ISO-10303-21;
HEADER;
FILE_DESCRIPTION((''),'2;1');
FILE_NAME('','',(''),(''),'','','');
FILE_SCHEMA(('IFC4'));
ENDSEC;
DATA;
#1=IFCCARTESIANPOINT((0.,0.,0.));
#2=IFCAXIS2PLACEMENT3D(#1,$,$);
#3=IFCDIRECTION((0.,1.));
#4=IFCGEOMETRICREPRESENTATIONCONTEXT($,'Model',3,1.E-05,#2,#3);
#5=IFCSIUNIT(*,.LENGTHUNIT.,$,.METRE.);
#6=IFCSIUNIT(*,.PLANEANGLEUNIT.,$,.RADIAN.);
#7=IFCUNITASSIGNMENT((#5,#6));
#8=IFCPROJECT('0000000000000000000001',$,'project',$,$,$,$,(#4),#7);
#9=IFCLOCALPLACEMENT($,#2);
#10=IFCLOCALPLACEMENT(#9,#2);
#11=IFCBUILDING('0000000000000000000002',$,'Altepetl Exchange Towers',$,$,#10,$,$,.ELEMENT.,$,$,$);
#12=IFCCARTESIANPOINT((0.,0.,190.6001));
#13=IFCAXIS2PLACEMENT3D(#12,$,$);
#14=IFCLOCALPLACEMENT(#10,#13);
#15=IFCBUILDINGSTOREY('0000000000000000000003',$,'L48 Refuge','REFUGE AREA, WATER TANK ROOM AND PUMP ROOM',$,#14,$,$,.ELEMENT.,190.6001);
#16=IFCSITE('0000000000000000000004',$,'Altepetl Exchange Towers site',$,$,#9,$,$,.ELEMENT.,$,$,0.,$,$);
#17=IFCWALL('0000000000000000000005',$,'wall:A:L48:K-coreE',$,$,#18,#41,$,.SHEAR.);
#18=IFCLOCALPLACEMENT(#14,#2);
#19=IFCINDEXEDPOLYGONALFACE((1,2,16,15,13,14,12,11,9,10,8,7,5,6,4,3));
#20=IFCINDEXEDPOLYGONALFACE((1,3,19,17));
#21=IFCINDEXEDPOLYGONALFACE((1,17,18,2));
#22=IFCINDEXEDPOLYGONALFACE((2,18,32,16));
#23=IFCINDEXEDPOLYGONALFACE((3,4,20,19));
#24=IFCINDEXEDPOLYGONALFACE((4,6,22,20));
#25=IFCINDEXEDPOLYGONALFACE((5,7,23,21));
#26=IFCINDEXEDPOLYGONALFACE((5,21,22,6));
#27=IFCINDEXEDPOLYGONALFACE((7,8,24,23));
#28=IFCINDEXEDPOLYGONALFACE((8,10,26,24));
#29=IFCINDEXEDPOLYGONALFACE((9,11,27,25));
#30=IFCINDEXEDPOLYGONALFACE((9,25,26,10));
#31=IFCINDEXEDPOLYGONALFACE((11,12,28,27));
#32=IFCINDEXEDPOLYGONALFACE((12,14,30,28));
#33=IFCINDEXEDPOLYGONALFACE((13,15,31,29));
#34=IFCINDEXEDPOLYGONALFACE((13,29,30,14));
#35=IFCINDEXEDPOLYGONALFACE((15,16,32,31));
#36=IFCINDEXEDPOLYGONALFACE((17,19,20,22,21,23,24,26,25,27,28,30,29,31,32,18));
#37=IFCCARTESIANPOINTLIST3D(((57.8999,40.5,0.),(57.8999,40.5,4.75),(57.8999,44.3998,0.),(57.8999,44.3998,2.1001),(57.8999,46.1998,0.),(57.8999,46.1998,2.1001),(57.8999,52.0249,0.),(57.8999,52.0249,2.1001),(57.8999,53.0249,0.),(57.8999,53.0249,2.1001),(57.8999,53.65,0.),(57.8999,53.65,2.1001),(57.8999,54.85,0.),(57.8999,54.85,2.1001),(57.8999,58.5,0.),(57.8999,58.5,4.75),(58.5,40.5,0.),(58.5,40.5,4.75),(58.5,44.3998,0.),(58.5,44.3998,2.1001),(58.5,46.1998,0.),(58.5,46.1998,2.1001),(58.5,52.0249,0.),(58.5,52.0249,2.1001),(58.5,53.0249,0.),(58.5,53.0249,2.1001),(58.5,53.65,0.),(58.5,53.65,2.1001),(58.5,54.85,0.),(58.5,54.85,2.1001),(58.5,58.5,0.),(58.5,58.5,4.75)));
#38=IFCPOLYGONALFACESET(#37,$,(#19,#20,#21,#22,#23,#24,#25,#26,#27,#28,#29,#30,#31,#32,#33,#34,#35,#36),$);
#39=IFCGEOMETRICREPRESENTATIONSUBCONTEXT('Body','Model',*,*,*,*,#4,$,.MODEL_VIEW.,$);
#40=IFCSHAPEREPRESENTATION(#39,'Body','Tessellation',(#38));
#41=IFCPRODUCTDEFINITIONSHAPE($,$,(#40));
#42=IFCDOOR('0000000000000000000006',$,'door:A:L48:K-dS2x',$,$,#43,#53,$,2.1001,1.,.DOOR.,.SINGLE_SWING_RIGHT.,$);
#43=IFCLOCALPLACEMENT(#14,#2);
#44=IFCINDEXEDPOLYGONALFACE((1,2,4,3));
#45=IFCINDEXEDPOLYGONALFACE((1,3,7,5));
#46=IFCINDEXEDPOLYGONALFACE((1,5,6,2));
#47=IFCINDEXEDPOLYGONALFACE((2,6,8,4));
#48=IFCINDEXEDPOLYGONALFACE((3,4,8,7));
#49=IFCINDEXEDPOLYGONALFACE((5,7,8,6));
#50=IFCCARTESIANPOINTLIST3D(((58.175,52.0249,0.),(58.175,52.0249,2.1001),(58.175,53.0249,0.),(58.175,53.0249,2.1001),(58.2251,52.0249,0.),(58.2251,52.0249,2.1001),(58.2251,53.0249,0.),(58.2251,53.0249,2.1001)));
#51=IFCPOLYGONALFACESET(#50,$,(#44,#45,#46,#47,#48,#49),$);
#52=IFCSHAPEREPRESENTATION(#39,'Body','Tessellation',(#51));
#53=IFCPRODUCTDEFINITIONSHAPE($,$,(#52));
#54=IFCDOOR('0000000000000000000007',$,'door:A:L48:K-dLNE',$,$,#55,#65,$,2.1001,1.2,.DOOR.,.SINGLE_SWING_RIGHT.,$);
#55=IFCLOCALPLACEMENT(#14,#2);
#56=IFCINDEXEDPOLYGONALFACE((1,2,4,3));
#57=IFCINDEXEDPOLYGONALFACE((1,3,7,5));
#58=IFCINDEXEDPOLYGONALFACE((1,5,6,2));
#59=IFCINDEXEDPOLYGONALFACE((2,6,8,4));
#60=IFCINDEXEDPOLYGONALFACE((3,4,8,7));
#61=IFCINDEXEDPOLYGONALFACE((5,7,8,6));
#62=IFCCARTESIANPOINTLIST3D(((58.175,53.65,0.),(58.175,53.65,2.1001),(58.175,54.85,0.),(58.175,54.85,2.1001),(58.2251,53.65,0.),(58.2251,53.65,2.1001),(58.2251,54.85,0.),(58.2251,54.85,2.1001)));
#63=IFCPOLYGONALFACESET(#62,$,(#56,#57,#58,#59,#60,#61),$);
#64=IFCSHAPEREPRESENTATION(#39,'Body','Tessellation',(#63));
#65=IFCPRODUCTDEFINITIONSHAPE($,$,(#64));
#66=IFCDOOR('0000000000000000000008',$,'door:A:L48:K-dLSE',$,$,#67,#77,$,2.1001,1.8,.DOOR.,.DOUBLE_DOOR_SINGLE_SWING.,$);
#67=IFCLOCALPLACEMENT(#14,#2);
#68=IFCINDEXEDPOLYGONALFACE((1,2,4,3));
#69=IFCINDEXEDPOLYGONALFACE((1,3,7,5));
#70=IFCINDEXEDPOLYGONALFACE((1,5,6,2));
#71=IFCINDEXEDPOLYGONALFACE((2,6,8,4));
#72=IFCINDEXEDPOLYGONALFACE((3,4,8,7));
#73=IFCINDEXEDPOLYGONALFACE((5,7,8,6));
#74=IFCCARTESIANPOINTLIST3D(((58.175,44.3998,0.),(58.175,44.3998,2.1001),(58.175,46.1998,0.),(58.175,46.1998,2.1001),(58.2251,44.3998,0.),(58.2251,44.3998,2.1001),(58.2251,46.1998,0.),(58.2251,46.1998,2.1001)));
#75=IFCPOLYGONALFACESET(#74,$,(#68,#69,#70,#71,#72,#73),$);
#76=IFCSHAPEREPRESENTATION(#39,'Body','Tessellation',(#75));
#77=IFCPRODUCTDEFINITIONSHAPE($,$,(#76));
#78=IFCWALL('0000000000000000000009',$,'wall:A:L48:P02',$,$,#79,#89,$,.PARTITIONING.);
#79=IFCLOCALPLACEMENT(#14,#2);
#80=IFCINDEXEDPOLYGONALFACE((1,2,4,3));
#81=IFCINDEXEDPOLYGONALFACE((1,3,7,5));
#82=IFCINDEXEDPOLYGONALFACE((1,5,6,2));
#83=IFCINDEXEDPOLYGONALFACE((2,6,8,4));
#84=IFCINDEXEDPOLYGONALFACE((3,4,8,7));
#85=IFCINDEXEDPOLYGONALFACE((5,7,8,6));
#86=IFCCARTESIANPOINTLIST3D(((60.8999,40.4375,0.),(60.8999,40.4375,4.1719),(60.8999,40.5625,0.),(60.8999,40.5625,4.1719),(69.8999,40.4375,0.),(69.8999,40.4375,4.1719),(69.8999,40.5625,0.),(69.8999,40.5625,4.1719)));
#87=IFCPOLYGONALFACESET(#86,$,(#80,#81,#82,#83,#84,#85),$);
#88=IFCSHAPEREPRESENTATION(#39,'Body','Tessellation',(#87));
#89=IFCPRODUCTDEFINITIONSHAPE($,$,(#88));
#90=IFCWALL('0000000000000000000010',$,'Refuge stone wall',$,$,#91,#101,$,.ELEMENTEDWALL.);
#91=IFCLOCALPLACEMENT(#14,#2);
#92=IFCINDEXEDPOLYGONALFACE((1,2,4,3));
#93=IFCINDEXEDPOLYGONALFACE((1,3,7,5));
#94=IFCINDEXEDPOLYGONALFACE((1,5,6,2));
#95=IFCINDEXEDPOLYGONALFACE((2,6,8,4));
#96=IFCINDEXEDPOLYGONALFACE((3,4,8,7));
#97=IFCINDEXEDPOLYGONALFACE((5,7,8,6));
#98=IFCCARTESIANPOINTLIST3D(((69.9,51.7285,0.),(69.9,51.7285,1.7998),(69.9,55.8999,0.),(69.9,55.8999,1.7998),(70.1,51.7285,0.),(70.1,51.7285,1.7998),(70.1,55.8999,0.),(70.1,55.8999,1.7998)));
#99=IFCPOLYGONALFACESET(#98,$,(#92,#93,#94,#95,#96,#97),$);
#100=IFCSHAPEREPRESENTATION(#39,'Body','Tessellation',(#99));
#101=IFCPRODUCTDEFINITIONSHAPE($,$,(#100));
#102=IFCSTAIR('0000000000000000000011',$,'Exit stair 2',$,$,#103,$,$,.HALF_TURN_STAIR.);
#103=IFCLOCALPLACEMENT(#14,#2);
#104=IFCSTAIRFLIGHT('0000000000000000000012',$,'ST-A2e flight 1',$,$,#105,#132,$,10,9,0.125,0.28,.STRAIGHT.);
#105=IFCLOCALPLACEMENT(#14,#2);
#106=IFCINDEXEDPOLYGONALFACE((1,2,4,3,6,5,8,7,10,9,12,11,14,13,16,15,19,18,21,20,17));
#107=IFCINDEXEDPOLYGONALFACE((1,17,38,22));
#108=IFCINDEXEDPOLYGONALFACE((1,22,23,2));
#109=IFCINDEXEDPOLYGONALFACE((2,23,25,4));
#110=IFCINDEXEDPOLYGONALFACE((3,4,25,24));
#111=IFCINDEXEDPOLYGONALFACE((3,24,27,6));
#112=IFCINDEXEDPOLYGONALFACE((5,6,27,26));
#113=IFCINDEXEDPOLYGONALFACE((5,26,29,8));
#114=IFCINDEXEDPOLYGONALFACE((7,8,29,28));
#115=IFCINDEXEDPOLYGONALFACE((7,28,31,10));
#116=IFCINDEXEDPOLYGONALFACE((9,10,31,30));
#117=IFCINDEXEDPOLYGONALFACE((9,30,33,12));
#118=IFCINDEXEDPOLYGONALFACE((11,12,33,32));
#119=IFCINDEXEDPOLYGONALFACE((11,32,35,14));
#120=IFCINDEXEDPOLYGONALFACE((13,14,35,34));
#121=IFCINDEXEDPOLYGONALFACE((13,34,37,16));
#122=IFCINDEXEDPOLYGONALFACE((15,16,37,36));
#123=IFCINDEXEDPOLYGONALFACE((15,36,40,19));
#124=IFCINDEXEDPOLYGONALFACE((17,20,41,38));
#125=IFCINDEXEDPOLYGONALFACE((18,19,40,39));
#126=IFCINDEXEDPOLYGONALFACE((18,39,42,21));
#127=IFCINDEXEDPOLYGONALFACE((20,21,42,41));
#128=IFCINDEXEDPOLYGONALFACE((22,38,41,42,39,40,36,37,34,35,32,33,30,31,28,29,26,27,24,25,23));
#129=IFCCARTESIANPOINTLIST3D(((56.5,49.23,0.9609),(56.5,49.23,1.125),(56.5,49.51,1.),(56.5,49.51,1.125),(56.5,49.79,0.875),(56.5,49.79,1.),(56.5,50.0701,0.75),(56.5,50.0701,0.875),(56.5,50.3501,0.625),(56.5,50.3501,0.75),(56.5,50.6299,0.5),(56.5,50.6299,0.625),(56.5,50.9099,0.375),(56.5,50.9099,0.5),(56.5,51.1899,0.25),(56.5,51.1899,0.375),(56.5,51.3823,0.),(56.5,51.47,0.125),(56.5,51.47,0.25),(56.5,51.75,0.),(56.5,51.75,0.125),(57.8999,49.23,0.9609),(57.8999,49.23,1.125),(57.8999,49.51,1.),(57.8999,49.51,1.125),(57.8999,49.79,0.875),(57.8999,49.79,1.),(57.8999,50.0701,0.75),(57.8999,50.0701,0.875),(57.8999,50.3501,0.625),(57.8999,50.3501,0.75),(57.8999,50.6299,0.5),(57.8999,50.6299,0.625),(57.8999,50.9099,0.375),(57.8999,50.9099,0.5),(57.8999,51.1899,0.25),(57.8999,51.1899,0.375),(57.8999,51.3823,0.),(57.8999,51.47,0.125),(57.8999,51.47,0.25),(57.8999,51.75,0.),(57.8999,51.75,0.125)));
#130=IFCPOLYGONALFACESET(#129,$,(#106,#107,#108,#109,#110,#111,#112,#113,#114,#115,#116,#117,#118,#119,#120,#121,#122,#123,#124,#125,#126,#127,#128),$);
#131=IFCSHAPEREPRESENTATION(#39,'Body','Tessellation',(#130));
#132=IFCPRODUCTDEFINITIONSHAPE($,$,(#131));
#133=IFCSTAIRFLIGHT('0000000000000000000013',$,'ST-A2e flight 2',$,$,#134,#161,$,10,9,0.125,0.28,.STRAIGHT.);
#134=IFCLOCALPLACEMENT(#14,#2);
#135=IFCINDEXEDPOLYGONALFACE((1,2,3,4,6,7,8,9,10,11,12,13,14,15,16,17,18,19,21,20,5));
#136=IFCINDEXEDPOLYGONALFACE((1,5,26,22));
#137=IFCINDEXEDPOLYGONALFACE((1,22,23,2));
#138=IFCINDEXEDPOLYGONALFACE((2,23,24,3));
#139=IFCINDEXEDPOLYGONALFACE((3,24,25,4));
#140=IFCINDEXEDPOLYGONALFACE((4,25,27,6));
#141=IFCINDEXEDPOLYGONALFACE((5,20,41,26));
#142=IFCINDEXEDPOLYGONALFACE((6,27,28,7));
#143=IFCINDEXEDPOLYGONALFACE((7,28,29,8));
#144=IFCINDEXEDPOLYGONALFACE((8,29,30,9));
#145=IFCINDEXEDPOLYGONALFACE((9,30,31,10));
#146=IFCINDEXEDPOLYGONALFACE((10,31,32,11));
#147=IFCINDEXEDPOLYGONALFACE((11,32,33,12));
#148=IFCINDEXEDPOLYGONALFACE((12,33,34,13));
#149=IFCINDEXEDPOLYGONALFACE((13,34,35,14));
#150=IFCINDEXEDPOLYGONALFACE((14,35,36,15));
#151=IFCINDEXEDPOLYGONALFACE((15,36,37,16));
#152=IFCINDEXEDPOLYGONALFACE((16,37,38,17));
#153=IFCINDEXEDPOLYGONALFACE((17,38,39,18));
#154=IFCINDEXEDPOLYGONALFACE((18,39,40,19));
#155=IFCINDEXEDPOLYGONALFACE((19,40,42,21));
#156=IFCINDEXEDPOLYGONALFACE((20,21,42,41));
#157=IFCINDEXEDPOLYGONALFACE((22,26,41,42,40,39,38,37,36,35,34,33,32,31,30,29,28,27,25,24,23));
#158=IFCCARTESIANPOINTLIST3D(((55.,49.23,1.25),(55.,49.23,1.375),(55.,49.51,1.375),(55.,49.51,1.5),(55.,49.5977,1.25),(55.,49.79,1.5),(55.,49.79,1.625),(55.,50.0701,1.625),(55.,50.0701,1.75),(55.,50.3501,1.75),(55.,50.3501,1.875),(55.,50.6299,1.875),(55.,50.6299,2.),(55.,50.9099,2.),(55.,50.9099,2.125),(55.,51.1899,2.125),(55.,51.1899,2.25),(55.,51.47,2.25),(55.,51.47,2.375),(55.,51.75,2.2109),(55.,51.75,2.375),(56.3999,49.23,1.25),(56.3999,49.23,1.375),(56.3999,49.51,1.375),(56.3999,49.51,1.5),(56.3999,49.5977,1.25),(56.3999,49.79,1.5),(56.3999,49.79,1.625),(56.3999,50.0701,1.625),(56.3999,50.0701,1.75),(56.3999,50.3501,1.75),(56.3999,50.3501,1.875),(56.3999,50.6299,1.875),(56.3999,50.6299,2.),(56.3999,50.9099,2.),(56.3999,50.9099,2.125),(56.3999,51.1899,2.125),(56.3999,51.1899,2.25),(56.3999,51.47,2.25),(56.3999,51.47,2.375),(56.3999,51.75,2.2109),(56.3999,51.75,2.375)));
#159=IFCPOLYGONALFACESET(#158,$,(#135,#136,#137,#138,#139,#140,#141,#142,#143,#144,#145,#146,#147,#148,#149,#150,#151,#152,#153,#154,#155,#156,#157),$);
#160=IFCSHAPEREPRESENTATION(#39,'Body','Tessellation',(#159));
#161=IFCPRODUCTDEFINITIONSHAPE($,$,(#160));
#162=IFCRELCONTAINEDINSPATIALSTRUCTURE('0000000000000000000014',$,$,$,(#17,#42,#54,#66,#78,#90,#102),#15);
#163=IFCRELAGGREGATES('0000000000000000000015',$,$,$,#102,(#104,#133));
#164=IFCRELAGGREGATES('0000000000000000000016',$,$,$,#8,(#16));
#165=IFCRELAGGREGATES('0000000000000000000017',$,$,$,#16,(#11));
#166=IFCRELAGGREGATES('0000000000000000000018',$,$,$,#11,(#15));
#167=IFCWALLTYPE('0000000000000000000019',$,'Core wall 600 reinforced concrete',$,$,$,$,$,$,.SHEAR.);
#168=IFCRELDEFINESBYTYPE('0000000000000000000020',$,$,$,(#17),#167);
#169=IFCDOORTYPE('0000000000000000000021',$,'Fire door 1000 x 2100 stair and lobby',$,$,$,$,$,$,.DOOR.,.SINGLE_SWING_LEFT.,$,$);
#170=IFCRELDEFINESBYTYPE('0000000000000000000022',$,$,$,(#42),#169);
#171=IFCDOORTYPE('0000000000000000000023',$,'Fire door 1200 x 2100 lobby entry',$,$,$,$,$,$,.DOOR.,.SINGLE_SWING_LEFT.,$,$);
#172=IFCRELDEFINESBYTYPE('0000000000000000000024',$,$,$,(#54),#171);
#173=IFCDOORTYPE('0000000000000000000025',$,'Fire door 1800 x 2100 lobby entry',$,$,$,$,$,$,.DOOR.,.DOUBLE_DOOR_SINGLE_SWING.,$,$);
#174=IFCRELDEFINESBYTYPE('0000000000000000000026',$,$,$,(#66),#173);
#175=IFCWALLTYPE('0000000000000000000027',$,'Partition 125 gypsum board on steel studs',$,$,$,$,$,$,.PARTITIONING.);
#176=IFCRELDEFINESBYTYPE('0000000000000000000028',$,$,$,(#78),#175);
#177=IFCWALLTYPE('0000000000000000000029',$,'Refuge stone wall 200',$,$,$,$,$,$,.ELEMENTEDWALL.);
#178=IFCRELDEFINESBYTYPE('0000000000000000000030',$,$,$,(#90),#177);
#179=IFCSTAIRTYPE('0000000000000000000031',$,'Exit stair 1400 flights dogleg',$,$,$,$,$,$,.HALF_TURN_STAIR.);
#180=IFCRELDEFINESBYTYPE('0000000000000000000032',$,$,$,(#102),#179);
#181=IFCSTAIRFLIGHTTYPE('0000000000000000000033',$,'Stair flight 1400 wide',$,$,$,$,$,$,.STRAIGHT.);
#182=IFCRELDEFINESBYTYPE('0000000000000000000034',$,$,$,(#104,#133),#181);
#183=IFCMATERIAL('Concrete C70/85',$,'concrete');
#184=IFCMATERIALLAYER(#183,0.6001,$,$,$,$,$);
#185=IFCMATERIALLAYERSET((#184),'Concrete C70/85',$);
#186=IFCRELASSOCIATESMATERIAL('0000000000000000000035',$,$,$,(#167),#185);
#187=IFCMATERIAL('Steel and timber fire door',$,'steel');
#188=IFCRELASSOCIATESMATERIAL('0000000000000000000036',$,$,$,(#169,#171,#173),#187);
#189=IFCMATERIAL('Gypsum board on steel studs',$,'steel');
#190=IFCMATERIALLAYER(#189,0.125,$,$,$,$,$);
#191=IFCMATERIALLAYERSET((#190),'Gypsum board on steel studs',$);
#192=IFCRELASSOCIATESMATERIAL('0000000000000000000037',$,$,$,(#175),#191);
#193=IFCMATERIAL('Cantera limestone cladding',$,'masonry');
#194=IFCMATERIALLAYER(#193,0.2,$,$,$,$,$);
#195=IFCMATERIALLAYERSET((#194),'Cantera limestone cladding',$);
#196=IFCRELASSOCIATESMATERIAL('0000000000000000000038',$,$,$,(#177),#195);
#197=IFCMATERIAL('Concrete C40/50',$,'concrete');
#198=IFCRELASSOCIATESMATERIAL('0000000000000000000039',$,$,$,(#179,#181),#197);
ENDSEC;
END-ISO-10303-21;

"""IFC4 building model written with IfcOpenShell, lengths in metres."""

from ifc_helpers import new_model, si_unit, direction, frame, frame_2d, origin, place, context, subcontext, project, spatial, polyline, rectangle, outline, extrude, material, layer, layer_set, type_object, element, fill, aggregate, save


model = new_model("IFC4")

# Units and contexts
model_context = context("Model", 3, precision=1e-05, world=origin(), true_north=direction((0.0, 1.0)))
body_context = subcontext(model_context, "Body", "Model", "MODEL_VIEW")
ifc_project = project(units=[si_unit("LENGTHUNIT", "METRE"), si_unit("PLANEANGLEUNIT", "RADIAN")], contexts=[model_context])

# Site, building, storey
site_placement = place(None, origin())
site = spatial("IfcSite", under=ifc_project, at=site_placement, Name="Altepetl Exchange Towers site", CompositionType="ELEMENT", RefElevation=0.0)
building_placement = place(site_placement, origin())
building = spatial("IfcBuilding", under=site, at=building_placement, Name="Altepetl Exchange Towers", CompositionType="ELEMENT")
storey_placement = place(building_placement, frame((0.0, 0.0, 190.6001)))
storey = spatial("IfcBuildingStorey", under=building, at=storey_placement, Name="L48 Refuge", Description="REFUGE AREA, WATER TANK ROOM AND PUMP ROOM", CompositionType="ELEMENT", Elevation=190.6001)

# Wall, openings, doors
ifc_material_1 = material(Name="Concrete C70/85", Category="concrete")
ifc_layer_1 = layer(ifc_material_1, 0.6001)
ifc_layer_set_1 = layer_set([ifc_layer_1], Name="Concrete C70/85")
wall_type_1 = type_object("IfcWallType", Name="Core wall 600 reinforced concrete", PredefinedType="SHEAR", material=ifc_layer_set_1)
wall_1_placement = place(storey_placement, frame((58.2, 40.5, 0.0), z_axis=(0.0, 0.0, 1.0), x_axis=(0.0, 1.0, 0.0)))
wall_1 = element("IfcWall", 1, at=wall_1_placement, inside=storey, type_object=wall_type_1, Name="wall:A:L48:K-coreE", PredefinedType="SHEAR", context=body_context, shape_type="SweptSolid", body=[
    extrude(rectangle(XDim=18.0, YDim=0.6001, at=frame_2d((9.0, 0.0))), origin(), (0.0, 0.0, 1.0), 4.75),
])
opening_1_placement = place(wall_1_placement, frame((13.1499, 0.0, 0.0)))
opening_1 = element("IfcOpeningElement", 2, at=opening_1_placement, cuts=wall_1, PredefinedType="OPENING", context=body_context, shape_type="SweptSolid", body=[
    extrude(rectangle(XDim=1.2, YDim=2.1001, at=frame_2d((0.6001, 1.05))), frame((0.0, 0.3101, 0.0), z_axis=(0.0, -1.0, 0.0), x_axis=(1.0, 0.0, 0.0)), (0.0, 0.0, 1.0), 0.6201),
])
opening_2_placement = place(wall_1_placement, frame((3.8999, 0.0, 0.0)))
opening_2 = element("IfcOpeningElement", 3, at=opening_2_placement, cuts=wall_1, PredefinedType="OPENING", context=body_context, shape_type="SweptSolid", body=[
    extrude(rectangle(XDim=1.8, YDim=2.1001, at=frame_2d((0.8999, 1.05))), frame((0.0, 0.3101, 0.0), z_axis=(0.0, -1.0, 0.0), x_axis=(1.0, 0.0, 0.0)), (0.0, 0.0, 1.0), 0.6201),
])
opening_3_placement = place(wall_1_placement, frame((11.5249, 0.0, 0.0)))
opening_3 = element("IfcOpeningElement", 4, at=opening_3_placement, cuts=wall_1, PredefinedType="OPENING", context=body_context, shape_type="SweptSolid", body=[
    extrude(rectangle(XDim=1.0, YDim=2.1001, at=frame_2d((0.5, 1.05))), frame((0.0, 0.3101, 0.0), z_axis=(0.0, -1.0, 0.0), x_axis=(1.0, 0.0, 0.0)), (0.0, 0.0, 1.0), 0.6201),
])
ifc_material_2 = material(Name="Steel and timber fire door", Category="steel")
door_type_1 = type_object("IfcDoorType", Name="Fire door 1000 x 2100 stair and lobby", OperationType="SINGLE_SWING_LEFT", PredefinedType="DOOR", material=ifc_material_2)
door_1_placement = place(opening_3_placement, origin())
door_1 = element("IfcDoor", 5, at=door_1_placement, inside=storey, type_object=door_type_1, Name="door:A:L48:K-dS2x", OperationType="SINGLE_SWING_RIGHT", OverallHeight=2.1001, OverallWidth=1.0, PredefinedType="DOOR", context=body_context, shape_type="SweptSolid", body=[
    extrude(rectangle(XDim=1.0, YDim=2.1001, at=frame_2d((0.5, 1.05))), frame((0.0, 0.0249, 0.0), z_axis=(0.0, -1.0, 0.0), x_axis=(1.0, 0.0, 0.0)), (0.0, 0.0, 1.0), 0.05),
])
fill(opening_3, door_1)
door_type_2 = type_object("IfcDoorType", Name="Fire door 1200 x 2100 lobby entry", OperationType="SINGLE_SWING_LEFT", PredefinedType="DOOR", material=ifc_material_2)
door_2_placement = place(opening_1_placement, origin())
door_2 = element("IfcDoor", 6, at=door_2_placement, inside=storey, type_object=door_type_2, Name="door:A:L48:K-dLNE", OperationType="SINGLE_SWING_RIGHT", OverallHeight=2.1001, OverallWidth=1.2, PredefinedType="DOOR", context=body_context, shape_type="SweptSolid", body=[
    extrude(rectangle(XDim=1.2, YDim=2.1001, at=frame_2d((0.6001, 1.05))), frame((0.0, 0.0249, 0.0), z_axis=(0.0, -1.0, 0.0), x_axis=(1.0, 0.0, 0.0)), (0.0, 0.0, 1.0), 0.05),
])
fill(opening_1, door_2)
door_type_3 = type_object("IfcDoorType", Name="Fire door 1800 x 2100 lobby entry", OperationType="DOUBLE_DOOR_SINGLE_SWING", PredefinedType="DOOR", material=ifc_material_2)
door_3_placement = place(opening_2_placement, origin())
door_3 = element("IfcDoor", 7, at=door_3_placement, inside=storey, type_object=door_type_3, Name="door:A:L48:K-dLSE", OperationType="DOUBLE_DOOR_SINGLE_SWING", OverallHeight=2.1001, OverallWidth=1.8, PredefinedType="DOOR", context=body_context, shape_type="SweptSolid", body=[
    extrude(rectangle(XDim=1.8, YDim=2.1001, at=frame_2d((0.8999, 1.05))), frame((0.0, 0.0249, 0.0), z_axis=(0.0, -1.0, 0.0), x_axis=(1.0, 0.0, 0.0)), (0.0, 0.0, 1.0), 0.05),
])
fill(opening_2, door_3)

# Walls
ifc_material_3 = material(Name="Gypsum board on steel studs", Category="steel")
ifc_layer_2 = layer(ifc_material_3, 0.125)
ifc_layer_set_2 = layer_set([ifc_layer_2], Name="Gypsum board on steel studs")
wall_type_2 = type_object("IfcWallType", Name="Partition 125 gypsum board on steel studs", PredefinedType="PARTITIONING", material=ifc_layer_set_2)
wall_2_placement = place(storey_placement, frame((60.8999, 40.5, 0.0)))
element("IfcWall", 8, at=wall_2_placement, inside=storey, type_object=wall_type_2, Name="wall:A:L48:P02", PredefinedType="PARTITIONING", context=body_context, shape_type="SweptSolid", body=[
    extrude(rectangle(XDim=9.0, YDim=0.125, at=frame_2d((4.5, 0.0))), origin(), (0.0, 0.0, 1.0), 4.1719),
])
ifc_material_4 = material(Name="Cantera limestone cladding", Category="masonry")
ifc_layer_3 = layer(ifc_material_4, 0.2)
ifc_layer_set_3 = layer_set([ifc_layer_3], Name="Cantera limestone cladding")
wall_type_3 = type_object("IfcWallType", Name="Refuge stone wall 200", PredefinedType="ELEMENTEDWALL", material=ifc_layer_set_3)
wall_3_placement = place(storey_placement, frame((70.0, 51.7285, 0.0), z_axis=(0.0, 0.0, 1.0), x_axis=(0.0, 1.0, 0.0)))
element("IfcWall", 9, at=wall_3_placement, inside=storey, type_object=wall_type_3, Name="Refuge stone wall", PredefinedType="ELEMENTEDWALL", context=body_context, shape_type="SweptSolid", body=[
    extrude(rectangle(XDim=4.1714, YDim=0.2, at=frame_2d((2.0857, 0.0))), origin(), (0.0, 0.0, 1.0), 1.7998),
])

# Stair, stair flights
ifc_material_5 = material(Name="Concrete C40/50", Category="concrete")
stair_type = type_object("IfcStairType", Name="Exit stair 1400 flights dogleg", PredefinedType="HALF_TURN_STAIR", material=ifc_material_5)
stair_placement = place(storey_placement, origin())
stair = element("IfcStair", 10, at=stair_placement, inside=storey, type_object=stair_type, Name="Exit stair 2", PredefinedType="HALF_TURN_STAIR")
stair_flight_type = type_object("IfcStairFlightType", Name="Stair flight 1400 wide", PredefinedType="STRAIGHT", material=ifc_material_5)
stair_flight_1_placement = place(storey_placement, frame((57.2, 51.75, 0.0), z_axis=(0.0, 0.0, 1.0), x_axis=(0.0, -1.0, 0.0)))
stair_flight_1 = element("IfcStairFlight", 11, at=stair_flight_1_placement, type_object=stair_flight_type, Name="ST-A2e flight 1", NumberOfRisers=10, NumberOfTreads=9, PredefinedType="STRAIGHT", RiserHeight=0.125, TreadLength=0.28, context=body_context, shape_type="SweptSolid", body=[
    extrude(outline(polyline([(0.0, 0.0), (0.0, 0.125), (0.28, 0.125), (0.28, 0.25), (0.5601, 0.25), (0.5601, 0.375), (0.8401, 0.375), (0.8401, 0.5), (1.1201, 0.5), (1.1201, 0.625), (1.3999, 0.625), (1.3999, 0.75), (1.6799, 0.75), (1.6799, 0.875), (1.96, 0.875), (1.96, 1.0), (2.24, 1.0), (2.24, 1.125), (2.52, 1.125), (2.52, 1.25), (2.52, 0.9609), (0.3677, 0.0), (0.0, 0.0)])), frame((0.0, 0.7, 0.0), z_axis=(0.0, -1.0, 0.0), x_axis=(1.0, 0.0, 0.0)), (0.0, 0.0, 1.0), 1.3999),
])
stair_flight_2_placement = place(storey_placement, frame((55.7, 49.23, 1.25), z_axis=(0.0, 0.0, 1.0), x_axis=(0.0, 1.0, 0.0)))
stair_flight_2 = element("IfcStairFlight", 12, at=stair_flight_2_placement, type_object=stair_flight_type, Name="ST-A2e flight 2", NumberOfRisers=10, NumberOfTreads=9, PredefinedType="STRAIGHT", RiserHeight=0.125, TreadLength=0.28, context=body_context, shape_type="SweptSolid", body=[
    extrude(outline(polyline([(0.0, 0.0), (0.0, 0.125), (0.28, 0.125), (0.28, 0.25), (0.5601, 0.25), (0.5601, 0.375), (0.8401, 0.375), (0.8401, 0.5), (1.1201, 0.5), (1.1201, 0.625), (1.3999, 0.625), (1.3999, 0.75), (1.6799, 0.75), (1.6799, 0.875), (1.96, 0.875), (1.96, 1.0), (2.24, 1.0), (2.24, 1.125), (2.52, 1.125), (2.52, 1.25), (2.52, 0.9609), (0.3677, 0.0), (0.0, 0.0)])), frame((0.0, 0.7, 0.0), z_axis=(0.0, -1.0, 0.0), x_axis=(1.0, 0.0, 0.0)), (0.0, 0.0, 1.0), 1.3999),
])
aggregate(stair, [stair_flight_1, stair_flight_2])

save(model, "model.ifc")
